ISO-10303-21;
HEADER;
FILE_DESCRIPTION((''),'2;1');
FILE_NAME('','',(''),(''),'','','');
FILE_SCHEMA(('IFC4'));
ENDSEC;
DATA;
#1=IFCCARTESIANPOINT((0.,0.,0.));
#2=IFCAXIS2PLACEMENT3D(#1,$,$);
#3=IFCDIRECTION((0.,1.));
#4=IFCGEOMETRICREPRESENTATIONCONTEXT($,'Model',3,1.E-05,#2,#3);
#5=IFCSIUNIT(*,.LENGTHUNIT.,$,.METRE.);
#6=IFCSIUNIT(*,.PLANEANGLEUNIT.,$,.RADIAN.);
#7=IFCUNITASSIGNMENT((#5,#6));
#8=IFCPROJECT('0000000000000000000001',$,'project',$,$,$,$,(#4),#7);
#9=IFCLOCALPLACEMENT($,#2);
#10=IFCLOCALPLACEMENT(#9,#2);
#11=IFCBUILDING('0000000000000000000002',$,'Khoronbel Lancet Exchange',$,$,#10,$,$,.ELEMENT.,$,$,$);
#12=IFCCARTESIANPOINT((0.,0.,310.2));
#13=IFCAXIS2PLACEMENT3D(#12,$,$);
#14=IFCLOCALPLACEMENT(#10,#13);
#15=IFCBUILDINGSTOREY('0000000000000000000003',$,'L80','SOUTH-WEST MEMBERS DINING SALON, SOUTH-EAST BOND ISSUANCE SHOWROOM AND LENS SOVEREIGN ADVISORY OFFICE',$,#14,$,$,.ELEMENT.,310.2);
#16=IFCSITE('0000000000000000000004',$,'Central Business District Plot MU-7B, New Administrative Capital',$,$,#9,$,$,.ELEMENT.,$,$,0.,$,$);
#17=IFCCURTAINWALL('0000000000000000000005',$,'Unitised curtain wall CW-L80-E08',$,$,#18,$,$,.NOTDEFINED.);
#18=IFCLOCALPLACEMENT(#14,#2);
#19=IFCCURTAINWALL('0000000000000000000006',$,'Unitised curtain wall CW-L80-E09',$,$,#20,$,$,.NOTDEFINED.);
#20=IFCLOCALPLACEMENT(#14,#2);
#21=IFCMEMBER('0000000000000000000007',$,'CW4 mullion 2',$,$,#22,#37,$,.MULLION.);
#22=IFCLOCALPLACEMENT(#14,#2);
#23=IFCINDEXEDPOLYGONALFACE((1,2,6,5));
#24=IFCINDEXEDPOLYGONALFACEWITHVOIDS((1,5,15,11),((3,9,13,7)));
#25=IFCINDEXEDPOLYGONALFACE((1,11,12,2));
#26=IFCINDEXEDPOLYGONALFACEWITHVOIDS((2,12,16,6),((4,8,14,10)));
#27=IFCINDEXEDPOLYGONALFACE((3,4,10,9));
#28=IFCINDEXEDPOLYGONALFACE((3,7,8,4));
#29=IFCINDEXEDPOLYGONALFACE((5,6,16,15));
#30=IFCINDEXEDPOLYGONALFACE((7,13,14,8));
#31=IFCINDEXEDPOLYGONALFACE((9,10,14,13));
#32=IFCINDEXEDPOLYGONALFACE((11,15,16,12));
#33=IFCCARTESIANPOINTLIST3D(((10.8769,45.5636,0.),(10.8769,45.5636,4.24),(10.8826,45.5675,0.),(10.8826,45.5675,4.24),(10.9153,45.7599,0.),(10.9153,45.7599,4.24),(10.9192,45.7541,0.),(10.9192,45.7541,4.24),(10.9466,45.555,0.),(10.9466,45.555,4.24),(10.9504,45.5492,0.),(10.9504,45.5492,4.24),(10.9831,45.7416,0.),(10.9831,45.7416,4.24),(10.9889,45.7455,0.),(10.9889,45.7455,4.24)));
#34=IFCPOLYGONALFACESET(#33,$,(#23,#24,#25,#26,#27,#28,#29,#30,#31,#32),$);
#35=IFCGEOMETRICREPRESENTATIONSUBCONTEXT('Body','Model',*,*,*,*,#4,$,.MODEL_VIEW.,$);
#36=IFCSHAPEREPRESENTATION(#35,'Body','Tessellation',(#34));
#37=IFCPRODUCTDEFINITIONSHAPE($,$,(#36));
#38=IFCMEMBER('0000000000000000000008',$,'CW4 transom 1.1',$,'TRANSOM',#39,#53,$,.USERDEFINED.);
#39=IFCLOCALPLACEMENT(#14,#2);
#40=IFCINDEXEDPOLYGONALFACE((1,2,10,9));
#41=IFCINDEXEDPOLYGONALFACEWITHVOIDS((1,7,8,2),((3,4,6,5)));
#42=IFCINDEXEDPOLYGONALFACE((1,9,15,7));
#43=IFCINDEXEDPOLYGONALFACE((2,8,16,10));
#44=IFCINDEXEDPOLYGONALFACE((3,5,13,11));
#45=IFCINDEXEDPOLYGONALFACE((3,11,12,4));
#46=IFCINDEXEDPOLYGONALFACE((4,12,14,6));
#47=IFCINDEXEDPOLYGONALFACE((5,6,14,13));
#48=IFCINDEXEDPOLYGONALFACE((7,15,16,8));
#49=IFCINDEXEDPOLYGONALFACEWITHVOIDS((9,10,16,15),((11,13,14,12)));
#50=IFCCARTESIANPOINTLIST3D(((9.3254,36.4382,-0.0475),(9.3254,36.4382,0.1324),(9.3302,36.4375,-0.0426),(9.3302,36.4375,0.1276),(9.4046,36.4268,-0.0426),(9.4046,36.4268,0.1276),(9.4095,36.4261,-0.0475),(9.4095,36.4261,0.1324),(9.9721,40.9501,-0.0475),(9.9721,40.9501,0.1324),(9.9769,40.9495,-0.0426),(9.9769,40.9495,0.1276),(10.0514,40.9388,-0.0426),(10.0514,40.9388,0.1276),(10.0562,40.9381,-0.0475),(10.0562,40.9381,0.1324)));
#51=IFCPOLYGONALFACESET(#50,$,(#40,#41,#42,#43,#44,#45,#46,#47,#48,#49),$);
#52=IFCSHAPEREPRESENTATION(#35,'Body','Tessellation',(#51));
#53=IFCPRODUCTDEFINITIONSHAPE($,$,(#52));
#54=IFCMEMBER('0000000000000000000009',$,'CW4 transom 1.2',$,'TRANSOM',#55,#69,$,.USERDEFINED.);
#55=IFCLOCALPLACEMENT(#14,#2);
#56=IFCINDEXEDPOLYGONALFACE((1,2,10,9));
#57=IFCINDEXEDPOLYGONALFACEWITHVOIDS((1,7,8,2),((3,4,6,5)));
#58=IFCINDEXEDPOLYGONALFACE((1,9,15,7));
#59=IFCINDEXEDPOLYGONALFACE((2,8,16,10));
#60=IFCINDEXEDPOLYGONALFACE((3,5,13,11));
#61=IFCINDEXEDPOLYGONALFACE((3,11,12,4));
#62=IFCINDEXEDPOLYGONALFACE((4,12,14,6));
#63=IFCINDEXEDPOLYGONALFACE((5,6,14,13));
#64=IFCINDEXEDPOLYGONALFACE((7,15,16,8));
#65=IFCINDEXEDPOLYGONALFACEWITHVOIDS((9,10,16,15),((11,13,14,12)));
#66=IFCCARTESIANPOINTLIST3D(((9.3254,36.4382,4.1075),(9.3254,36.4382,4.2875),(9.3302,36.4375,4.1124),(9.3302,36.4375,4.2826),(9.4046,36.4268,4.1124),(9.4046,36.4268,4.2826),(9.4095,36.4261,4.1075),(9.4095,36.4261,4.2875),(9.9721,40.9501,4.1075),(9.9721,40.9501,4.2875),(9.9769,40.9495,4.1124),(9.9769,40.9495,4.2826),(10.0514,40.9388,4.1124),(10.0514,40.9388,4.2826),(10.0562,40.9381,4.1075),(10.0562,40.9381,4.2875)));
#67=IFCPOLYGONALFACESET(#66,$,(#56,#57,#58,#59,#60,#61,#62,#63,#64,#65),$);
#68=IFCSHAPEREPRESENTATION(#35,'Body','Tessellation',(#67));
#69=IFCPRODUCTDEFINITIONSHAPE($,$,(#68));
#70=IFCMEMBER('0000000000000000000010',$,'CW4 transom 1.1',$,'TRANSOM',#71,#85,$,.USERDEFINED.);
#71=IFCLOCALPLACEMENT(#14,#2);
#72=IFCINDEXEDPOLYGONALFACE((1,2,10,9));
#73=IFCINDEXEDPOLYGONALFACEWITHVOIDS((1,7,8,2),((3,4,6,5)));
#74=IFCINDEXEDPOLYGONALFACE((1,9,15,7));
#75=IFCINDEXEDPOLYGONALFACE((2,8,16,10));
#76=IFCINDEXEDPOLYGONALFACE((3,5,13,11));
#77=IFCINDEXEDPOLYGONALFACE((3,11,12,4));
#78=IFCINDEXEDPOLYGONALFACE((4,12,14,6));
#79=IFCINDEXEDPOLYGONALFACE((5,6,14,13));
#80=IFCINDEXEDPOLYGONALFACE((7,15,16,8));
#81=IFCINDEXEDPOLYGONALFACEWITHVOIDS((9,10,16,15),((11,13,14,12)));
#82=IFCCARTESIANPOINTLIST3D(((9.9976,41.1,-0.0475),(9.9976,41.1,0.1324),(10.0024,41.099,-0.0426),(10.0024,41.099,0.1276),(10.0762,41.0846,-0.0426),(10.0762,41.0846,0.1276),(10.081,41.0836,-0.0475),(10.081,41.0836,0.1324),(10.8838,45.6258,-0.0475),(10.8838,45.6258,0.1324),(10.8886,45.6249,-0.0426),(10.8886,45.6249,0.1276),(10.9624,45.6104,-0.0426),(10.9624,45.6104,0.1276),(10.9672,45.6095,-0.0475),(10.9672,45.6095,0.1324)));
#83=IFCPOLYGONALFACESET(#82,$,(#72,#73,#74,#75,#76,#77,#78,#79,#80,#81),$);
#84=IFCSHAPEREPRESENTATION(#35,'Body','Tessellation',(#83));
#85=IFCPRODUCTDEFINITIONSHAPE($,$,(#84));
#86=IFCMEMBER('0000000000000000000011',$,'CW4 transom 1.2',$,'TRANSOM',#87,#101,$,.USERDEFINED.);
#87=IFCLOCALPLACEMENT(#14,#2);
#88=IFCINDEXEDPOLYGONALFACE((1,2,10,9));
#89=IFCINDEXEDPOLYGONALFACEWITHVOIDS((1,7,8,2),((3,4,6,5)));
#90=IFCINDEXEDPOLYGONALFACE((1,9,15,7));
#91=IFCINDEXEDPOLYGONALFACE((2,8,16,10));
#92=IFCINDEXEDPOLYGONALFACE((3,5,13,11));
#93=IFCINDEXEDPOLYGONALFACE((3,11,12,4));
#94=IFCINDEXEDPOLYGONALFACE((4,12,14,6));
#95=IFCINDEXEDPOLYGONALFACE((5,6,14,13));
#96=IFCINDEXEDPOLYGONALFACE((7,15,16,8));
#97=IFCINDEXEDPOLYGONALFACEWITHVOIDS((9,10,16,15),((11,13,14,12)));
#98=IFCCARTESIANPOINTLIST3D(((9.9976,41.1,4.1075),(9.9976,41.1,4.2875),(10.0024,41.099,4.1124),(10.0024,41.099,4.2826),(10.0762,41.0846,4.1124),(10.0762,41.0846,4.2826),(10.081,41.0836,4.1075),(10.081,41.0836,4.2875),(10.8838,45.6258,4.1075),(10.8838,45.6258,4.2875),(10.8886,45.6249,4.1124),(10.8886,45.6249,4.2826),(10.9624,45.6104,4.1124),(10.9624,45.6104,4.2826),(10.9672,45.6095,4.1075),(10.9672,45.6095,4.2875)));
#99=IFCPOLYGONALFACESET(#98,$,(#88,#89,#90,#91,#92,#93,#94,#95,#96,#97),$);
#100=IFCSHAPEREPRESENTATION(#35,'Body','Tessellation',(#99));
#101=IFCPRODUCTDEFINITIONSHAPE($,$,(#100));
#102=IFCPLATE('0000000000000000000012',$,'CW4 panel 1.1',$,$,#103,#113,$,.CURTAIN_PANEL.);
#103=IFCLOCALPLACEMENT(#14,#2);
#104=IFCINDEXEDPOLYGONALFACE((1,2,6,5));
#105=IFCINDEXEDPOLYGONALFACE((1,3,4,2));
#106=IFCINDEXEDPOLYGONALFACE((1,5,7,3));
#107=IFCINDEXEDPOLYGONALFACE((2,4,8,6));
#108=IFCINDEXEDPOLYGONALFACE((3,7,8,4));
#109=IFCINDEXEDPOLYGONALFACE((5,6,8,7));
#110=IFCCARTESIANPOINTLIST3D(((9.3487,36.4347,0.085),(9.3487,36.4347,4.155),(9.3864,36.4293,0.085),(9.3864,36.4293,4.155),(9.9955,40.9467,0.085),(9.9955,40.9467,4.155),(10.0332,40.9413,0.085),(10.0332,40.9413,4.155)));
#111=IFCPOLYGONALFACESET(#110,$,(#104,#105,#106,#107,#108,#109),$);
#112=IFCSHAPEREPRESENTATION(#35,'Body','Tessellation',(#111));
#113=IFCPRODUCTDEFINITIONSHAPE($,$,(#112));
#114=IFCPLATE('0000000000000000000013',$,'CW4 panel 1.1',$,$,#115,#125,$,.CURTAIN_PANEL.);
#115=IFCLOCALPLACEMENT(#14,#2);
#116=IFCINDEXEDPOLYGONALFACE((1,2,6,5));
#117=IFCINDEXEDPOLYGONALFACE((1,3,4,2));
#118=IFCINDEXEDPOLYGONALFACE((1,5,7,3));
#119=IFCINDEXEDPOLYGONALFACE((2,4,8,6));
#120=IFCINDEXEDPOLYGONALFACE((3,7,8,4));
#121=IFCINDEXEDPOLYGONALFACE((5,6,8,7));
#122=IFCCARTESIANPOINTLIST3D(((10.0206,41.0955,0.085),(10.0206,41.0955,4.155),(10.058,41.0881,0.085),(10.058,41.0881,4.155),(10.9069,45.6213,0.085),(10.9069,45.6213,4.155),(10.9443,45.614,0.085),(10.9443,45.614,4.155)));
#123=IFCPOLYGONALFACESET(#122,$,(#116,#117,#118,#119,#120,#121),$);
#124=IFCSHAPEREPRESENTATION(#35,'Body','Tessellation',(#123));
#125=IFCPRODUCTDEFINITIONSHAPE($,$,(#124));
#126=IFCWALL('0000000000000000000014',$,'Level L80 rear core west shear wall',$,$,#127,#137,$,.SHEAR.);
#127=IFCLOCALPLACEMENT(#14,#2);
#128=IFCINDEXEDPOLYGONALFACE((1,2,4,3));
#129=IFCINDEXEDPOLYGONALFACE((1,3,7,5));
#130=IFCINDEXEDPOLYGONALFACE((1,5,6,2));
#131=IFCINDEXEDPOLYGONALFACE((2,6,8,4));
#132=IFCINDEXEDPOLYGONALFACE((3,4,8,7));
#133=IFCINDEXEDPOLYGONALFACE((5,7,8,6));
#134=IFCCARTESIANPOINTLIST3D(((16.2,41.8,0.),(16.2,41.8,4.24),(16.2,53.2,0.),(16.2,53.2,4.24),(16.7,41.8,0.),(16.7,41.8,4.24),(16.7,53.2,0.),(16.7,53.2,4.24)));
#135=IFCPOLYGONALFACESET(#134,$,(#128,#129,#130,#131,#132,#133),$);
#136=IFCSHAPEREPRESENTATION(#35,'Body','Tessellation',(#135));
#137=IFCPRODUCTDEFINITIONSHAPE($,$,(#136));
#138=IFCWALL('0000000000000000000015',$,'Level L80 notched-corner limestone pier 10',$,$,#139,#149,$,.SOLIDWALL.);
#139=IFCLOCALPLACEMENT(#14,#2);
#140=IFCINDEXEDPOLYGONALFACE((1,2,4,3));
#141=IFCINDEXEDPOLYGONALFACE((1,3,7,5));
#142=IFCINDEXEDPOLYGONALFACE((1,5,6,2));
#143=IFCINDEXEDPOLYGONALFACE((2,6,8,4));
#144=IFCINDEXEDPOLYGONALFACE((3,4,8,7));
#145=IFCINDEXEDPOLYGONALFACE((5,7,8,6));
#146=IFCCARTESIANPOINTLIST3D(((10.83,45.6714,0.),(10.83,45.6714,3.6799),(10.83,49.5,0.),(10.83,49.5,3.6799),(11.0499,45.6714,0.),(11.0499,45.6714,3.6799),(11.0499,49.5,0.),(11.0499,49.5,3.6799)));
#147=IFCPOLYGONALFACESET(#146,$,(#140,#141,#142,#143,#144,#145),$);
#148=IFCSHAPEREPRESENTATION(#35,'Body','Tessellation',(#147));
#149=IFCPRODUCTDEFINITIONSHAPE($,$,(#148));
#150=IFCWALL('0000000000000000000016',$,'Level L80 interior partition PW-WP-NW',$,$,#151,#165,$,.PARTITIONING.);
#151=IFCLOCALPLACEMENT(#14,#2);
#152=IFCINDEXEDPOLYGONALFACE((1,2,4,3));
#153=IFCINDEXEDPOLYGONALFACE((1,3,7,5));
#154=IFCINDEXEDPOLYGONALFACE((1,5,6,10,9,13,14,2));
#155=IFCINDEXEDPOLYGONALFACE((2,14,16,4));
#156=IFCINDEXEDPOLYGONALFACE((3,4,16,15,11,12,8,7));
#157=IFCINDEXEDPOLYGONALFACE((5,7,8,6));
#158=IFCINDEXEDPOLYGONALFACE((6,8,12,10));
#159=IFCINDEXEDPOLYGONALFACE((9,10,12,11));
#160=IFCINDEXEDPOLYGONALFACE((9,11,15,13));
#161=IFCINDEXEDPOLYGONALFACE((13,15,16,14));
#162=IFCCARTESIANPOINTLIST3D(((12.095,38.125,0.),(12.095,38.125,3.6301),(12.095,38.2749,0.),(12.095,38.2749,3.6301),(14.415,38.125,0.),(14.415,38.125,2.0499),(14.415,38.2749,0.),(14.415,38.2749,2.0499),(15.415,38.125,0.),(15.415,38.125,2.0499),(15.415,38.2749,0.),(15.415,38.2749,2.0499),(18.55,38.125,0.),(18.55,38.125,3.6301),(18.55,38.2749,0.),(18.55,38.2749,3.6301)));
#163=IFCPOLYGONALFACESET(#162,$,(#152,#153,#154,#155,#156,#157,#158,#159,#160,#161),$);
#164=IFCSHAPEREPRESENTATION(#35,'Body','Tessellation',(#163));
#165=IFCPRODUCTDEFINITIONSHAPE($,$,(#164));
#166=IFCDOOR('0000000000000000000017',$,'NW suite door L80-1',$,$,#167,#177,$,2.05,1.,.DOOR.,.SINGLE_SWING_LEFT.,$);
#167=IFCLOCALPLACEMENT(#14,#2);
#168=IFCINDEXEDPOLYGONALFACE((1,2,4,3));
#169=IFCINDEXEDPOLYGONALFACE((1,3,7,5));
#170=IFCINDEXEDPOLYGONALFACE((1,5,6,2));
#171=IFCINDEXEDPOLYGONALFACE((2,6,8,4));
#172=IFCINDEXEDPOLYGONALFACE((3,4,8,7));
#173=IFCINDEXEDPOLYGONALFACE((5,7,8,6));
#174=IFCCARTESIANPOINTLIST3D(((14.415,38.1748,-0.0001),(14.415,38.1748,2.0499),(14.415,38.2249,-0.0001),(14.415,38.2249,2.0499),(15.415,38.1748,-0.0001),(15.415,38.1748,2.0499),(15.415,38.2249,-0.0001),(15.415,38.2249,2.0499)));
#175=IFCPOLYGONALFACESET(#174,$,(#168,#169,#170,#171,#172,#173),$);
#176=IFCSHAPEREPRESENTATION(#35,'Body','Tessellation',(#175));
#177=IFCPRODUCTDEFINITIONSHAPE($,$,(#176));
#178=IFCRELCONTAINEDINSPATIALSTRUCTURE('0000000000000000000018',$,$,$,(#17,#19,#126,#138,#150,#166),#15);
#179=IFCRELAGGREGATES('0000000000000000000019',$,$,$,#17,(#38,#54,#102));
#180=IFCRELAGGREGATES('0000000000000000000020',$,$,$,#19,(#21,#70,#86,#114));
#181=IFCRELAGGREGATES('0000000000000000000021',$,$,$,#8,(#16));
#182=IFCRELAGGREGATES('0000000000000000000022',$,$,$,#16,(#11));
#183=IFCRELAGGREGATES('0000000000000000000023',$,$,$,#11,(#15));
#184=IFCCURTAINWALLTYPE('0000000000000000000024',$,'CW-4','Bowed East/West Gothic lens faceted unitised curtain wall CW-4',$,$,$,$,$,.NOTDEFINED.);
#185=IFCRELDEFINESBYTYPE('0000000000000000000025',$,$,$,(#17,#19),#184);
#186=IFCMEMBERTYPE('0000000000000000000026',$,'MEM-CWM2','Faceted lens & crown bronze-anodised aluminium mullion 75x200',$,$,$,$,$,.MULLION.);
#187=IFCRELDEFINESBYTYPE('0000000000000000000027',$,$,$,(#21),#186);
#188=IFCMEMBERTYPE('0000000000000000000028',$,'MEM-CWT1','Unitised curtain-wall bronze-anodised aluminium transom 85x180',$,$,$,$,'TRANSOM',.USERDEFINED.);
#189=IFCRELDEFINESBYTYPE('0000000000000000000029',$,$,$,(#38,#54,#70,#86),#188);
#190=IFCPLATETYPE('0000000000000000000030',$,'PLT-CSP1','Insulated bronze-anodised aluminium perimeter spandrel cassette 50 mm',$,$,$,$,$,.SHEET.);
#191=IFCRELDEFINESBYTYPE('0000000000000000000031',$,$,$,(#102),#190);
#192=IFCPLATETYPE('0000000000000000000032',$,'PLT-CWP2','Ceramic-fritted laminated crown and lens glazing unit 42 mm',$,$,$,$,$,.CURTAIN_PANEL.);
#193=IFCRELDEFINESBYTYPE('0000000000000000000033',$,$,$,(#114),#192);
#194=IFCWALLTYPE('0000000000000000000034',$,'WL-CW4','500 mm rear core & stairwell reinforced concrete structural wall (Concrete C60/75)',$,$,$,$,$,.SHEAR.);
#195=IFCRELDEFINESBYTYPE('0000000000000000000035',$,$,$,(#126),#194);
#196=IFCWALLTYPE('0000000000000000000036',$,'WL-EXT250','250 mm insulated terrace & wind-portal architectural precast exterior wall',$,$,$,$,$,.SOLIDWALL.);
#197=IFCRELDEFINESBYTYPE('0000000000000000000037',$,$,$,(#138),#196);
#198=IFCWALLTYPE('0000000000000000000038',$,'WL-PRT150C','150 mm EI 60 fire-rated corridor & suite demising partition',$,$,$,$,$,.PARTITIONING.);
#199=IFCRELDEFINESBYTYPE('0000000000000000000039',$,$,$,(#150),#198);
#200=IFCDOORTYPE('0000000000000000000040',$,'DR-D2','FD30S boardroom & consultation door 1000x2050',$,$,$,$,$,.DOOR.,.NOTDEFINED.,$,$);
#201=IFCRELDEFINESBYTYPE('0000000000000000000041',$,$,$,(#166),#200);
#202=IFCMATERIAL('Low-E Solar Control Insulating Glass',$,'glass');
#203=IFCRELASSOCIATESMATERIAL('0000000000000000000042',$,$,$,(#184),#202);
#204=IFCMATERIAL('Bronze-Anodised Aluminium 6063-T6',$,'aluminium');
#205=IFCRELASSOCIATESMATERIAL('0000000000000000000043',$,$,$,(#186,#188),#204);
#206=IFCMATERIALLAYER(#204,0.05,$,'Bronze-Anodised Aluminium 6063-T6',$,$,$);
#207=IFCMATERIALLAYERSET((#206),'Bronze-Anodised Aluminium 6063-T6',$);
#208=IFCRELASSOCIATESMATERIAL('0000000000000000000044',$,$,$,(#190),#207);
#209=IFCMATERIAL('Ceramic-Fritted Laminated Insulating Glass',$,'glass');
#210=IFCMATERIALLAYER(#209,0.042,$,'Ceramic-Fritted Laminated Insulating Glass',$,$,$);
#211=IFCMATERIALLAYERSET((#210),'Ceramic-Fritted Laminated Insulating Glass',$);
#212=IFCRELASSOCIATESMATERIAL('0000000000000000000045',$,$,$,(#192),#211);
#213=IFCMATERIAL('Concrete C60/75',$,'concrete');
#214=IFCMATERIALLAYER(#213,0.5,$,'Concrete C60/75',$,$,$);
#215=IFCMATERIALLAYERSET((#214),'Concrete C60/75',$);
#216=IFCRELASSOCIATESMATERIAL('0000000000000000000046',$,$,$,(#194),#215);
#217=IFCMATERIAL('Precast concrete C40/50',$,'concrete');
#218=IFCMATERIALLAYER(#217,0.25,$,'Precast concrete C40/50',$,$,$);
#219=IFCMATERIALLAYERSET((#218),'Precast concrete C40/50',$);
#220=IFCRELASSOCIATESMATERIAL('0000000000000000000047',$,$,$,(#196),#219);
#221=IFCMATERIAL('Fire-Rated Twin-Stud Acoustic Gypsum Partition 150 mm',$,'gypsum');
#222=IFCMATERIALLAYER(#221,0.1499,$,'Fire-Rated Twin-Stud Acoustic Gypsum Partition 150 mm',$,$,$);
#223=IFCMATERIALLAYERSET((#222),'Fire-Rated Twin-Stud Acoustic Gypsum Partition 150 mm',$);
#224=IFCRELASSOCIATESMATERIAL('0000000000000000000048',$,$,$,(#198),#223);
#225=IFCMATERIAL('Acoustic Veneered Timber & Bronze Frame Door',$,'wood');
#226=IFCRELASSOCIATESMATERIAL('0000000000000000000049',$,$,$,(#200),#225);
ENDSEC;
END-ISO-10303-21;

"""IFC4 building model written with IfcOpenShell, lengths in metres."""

from ifc_helpers import new_model, si_unit, direction, frame, frame_2d, origin, origin_2d, place, context, subcontext, project, spatial, rectangle, hollow_rectangle, extrude, material, layer, layer_set, material_profile, profile_set, type_object, element, fill, aggregate, save


model = new_model("IFC4")

# Units and contexts
model_context = context("Model", 3, precision=1e-05, world=origin(), true_north=direction((0.0, 1.0)))
body_context = subcontext(model_context, "Body", "Model", "MODEL_VIEW")
ifc_project = project(units=[si_unit("LENGTHUNIT", "METRE"), si_unit("PLANEANGLEUNIT", "RADIAN")], contexts=[model_context])

# Site, building, storey
site_placement = place(None, origin())
site = spatial("IfcSite", under=ifc_project, at=site_placement, Name="Central Business District Plot MU-7B, New Administrative Capital", CompositionType="ELEMENT", RefElevation=0.0)
building_placement = place(site_placement, origin())
building = spatial("IfcBuilding", under=site, at=building_placement, Name="Khoronbel Lancet Exchange", CompositionType="ELEMENT")
storey_placement = place(building_placement, frame((0.0, 0.0, 310.2)))
storey = spatial("IfcBuildingStorey", under=building, at=storey_placement, Name="L80", Description="SOUTH-WEST MEMBERS DINING SALON, SOUTH-EAST BOND ISSUANCE SHOWROOM AND LENS SOVEREIGN ADVISORY OFFICE", CompositionType="ELEMENT", Elevation=310.2)

# Shared definitions
ifc_material_1 = material(Name="Low-E Solar Control Insulating Glass", Category="glass")
curtain_wall_type = type_object("IfcCurtainWallType", Name="CW-4", Description="Bowed East/West Gothic lens faceted unitised curtain wall CW-4", PredefinedType="NOTDEFINED", material=ifc_material_1)
ifc_material_2 = material(Name="Bronze-Anodised Aluminium 6063-T6", Category="aluminium")
ifc_material_profile_1 = material_profile(ifc_material_2, hollow_rectangle(XDim=0.075, YDim=0.2, WallThickness=0.0049, at=origin_2d()), Name="ALU MULLION 75x200")
ifc_profile_set_1 = profile_set([ifc_material_profile_1], Name="Bronze-Anodised Aluminium 6063-T6")
member_type_1 = type_object("IfcMemberType", Name="MEM-CWM2", Description="Faceted lens & crown bronze-anodised aluminium mullion 75x200", PredefinedType="MULLION", material=ifc_profile_set_1)

# Curtain walls, member
curtain_wall_1_placement = place(storey_placement, origin())
curtain_wall_1 = element("IfcCurtainWall", 1, at=curtain_wall_1_placement, inside=storey, type_object=curtain_wall_type, Name="Unitised curtain wall CW-L80-E08", PredefinedType="NOTDEFINED")
curtain_wall_2_placement = place(storey_placement, origin())
curtain_wall_2 = element("IfcCurtainWall", 2, at=curtain_wall_2_placement, inside=storey, type_object=curtain_wall_type, Name="Unitised curtain wall CW-L80-E09", PredefinedType="NOTDEFINED")
member_1_placement = place(storey_placement, frame((10.9329, 45.6545, 0.0), z_axis=(0.0, 0.0, 1.0), x_axis=(-0.98136, 0.192177, 0.0)))
member_1 = element("IfcMember", 3, at=member_1_placement, type_object=member_type_1, Name="CW4 mullion 2", PredefinedType="MULLION", context=body_context, shape_type="SweptSolid", body=[
    extrude(hollow_rectangle(XDim=0.075, YDim=0.2, WallThickness=0.0049, at=origin_2d()), origin(), (0.0, 0.0, 1.0), 4.24),
])

# Members
ifc_material_profile_2 = material_profile(ifc_material_2, hollow_rectangle(XDim=0.085, YDim=0.1799, WallThickness=0.0049, at=origin_2d()), Name="ALU TRANSOM 85x180")
ifc_profile_set_2 = profile_set([ifc_material_profile_2], Name="Bronze-Anodised Aluminium 6063-T6")
member_type_2 = type_object("IfcMemberType", Name="MEM-CWT1", Description="Unitised curtain-wall bronze-anodised aluminium transom 85x180", ElementType="TRANSOM", PredefinedType="USERDEFINED", material=ifc_profile_set_2)
member_2_placement = place(storey_placement, frame((9.3674, 36.4321, 0.0425), z_axis=(0.141886, 0.989883, 0.0), x_axis=(-0.989883, 0.141886, 0.0)))
member_2 = element("IfcMember", 4, at=member_2_placement, type_object=member_type_2, Name="CW4 transom 1.1", ObjectType="TRANSOM", PredefinedType="USERDEFINED", context=body_context, shape_type="SweptSolid", body=[
    extrude(hollow_rectangle(XDim=0.085, YDim=0.1799, WallThickness=0.0049, at=origin_2d()), origin(), (0.0, 0.0, 1.0), 4.5581),
])
member_3_placement = place(storey_placement, frame((9.3674, 36.4321, 4.1975), z_axis=(0.141886, 0.989883, 0.0), x_axis=(-0.989883, 0.141886, 0.0)))
member_3 = element("IfcMember", 5, at=member_3_placement, type_object=member_type_2, Name="CW4 transom 1.2", ObjectType="TRANSOM", PredefinedType="USERDEFINED", context=body_context, shape_type="SweptSolid", body=[
    extrude(hollow_rectangle(XDim=0.085, YDim=0.1799, WallThickness=0.0049, at=origin_2d()), origin(), (0.0, 0.0, 1.0), 4.5581),
])
member_4_placement = place(storey_placement, frame((10.0393, 41.0918, 0.0425), z_axis=(0.192165, 0.981363, 0.0), x_axis=(-0.981363, 0.192165, 0.0)))
member_4 = element("IfcMember", 6, at=member_4_placement, type_object=member_type_2, Name="CW4 transom 1.1", ObjectType="TRANSOM", PredefinedType="USERDEFINED", context=body_context, shape_type="SweptSolid", body=[
    extrude(hollow_rectangle(XDim=0.085, YDim=0.1799, WallThickness=0.0049, at=origin_2d()), origin(), (0.0, 0.0, 1.0), 4.6118),
])
member_5_placement = place(storey_placement, frame((10.0393, 41.0918, 4.1975), z_axis=(0.192165, 0.981363, 0.0), x_axis=(-0.981363, 0.192165, 0.0)))
member_5 = element("IfcMember", 7, at=member_5_placement, type_object=member_type_2, Name="CW4 transom 1.2", ObjectType="TRANSOM", PredefinedType="USERDEFINED", context=body_context, shape_type="SweptSolid", body=[
    extrude(hollow_rectangle(XDim=0.085, YDim=0.1799, WallThickness=0.0049, at=origin_2d()), origin(), (0.0, 0.0, 1.0), 4.6118),
])

# Plates
ifc_layer_1 = layer(ifc_material_2, 0.05, Name="Bronze-Anodised Aluminium 6063-T6")
ifc_layer_set_1 = layer_set([ifc_layer_1], Name="Bronze-Anodised Aluminium 6063-T6")
plate_type_1 = type_object("IfcPlateType", Name="PLT-CSP1", Description="Insulated bronze-anodised aluminium perimeter spandrel cassette 50 mm", PredefinedType="SHEET", material=ifc_layer_set_1)
plate_1_placement = place(storey_placement, frame((9.6909, 38.688, 0.085), z_axis=(0.0, 0.0, 1.0), x_axis=(0.141906, 0.98988, 0.0)))
plate_1 = element("IfcPlate", 8, at=plate_1_placement, type_object=plate_type_1, Name="CW4 panel 1.1", PredefinedType="CURTAIN_PANEL", context=body_context, shape_type="SweptSolid", body=[
    extrude(rectangle(XDim=4.5581, YDim=0.0381, at=origin_2d()), origin(), (0.0, 0.0, 1.0), 4.0701),
])
aggregate(curtain_wall_1, [member_2, member_3, plate_1])
ifc_material_3 = material(Name="Ceramic-Fritted Laminated Insulating Glass", Category="glass")
ifc_layer_2 = layer(ifc_material_3, 0.042, Name="Ceramic-Fritted Laminated Insulating Glass")
ifc_layer_set_2 = layer_set([ifc_layer_2], Name="Ceramic-Fritted Laminated Insulating Glass")
plate_type_2 = type_object("IfcPlateType", Name="PLT-CWP2", Description="Ceramic-fritted laminated crown and lens glazing unit 42 mm", PredefinedType="CURTAIN_PANEL", material=ifc_layer_set_2)
plate_2_placement = place(storey_placement, frame((10.4824, 43.3547, 0.085), z_axis=(0.0, 0.0, 1.0), x_axis=(0.192177, 0.98136, 0.0)))
plate_2 = element("IfcPlate", 9, at=plate_2_placement, type_object=plate_type_2, Name="CW4 panel 1.1", PredefinedType="CURTAIN_PANEL", context=body_context, shape_type="SweptSolid", body=[
    extrude(rectangle(XDim=4.6118, YDim=0.0381, at=origin_2d()), origin(), (0.0, 0.0, 1.0), 4.0701),
])
aggregate(curtain_wall_2, [member_1, member_4, member_5, plate_2])

# Walls
ifc_material_4 = material(Name="Concrete C60/75", Category="concrete")
ifc_layer_3 = layer(ifc_material_4, 0.5, Name="Concrete C60/75")
ifc_layer_set_3 = layer_set([ifc_layer_3], Name="Concrete C60/75")
wall_type_1 = type_object("IfcWallType", Name="WL-CW4", Description="500 mm rear core & stairwell reinforced concrete structural wall (Concrete C60/75)", PredefinedType="SHEAR", material=ifc_layer_set_3)
wall_1_placement = place(storey_placement, frame((16.45, 41.8, 0.0), z_axis=(0.0, 0.0, 1.0), x_axis=(0.0, 1.0, 0.0)))
element("IfcWall", 10, at=wall_1_placement, inside=storey, type_object=wall_type_1, Name="Level L80 rear core west shear wall", PredefinedType="SHEAR", context=body_context, shape_type="SweptSolid", body=[
    extrude(rectangle(XDim=11.3999, YDim=0.5, at=frame_2d((5.7, 0.0))), origin(), (0.0, 0.0, 1.0), 4.24),
])
ifc_material_5 = material(Name="Precast concrete C40/50", Category="concrete")
ifc_layer_4 = layer(ifc_material_5, 0.25, Name="Precast concrete C40/50")
ifc_layer_set_4 = layer_set([ifc_layer_4], Name="Precast concrete C40/50")
wall_type_2 = type_object("IfcWallType", Name="WL-EXT250", Description="250 mm insulated terrace & wind-portal architectural precast exterior wall", PredefinedType="SOLIDWALL", material=ifc_layer_set_4)
wall_2_placement = place(storey_placement, frame((10.9399, 45.6714, 0.0), z_axis=(0.0, 0.0, 1.0), x_axis=(0.0, 1.0, 0.0)))
element("IfcWall", 11, at=wall_2_placement, inside=storey, type_object=wall_type_2, Name="Level L80 notched-corner limestone pier 10", PredefinedType="SOLIDWALL", context=body_context, shape_type="SweptSolid", body=[
    extrude(rectangle(XDim=3.8286, YDim=0.22, at=frame_2d((1.9143, 0.0))), origin(), (0.0, 0.0, 1.0), 3.6799),
])

# Wall, opening, door
ifc_material_6 = material(Name="Fire-Rated Twin-Stud Acoustic Gypsum Partition 150 mm", Category="gypsum")
ifc_layer_5 = layer(ifc_material_6, 0.1499, Name="Fire-Rated Twin-Stud Acoustic Gypsum Partition 150 mm")
ifc_layer_set_5 = layer_set([ifc_layer_5], Name="Fire-Rated Twin-Stud Acoustic Gypsum Partition 150 mm")
wall_type_3 = type_object("IfcWallType", Name="WL-PRT150C", Description="150 mm EI 60 fire-rated corridor & suite demising partition", PredefinedType="PARTITIONING", material=ifc_layer_set_5)
wall_3_placement = place(storey_placement, frame((12.095, 38.2, 0.0), z_axis=(0.0, 0.0, 1.0), x_axis=(1.0, 0.0, 0.0)))
wall_3 = element("IfcWall", 12, at=wall_3_placement, inside=storey, type_object=wall_type_3, Name="Level L80 interior partition PW-WP-NW", PredefinedType="PARTITIONING", context=body_context, shape_type="SweptSolid", body=[
    extrude(rectangle(XDim=6.4551, YDim=0.1499, at=frame_2d((3.2275, 0.0))), origin(), (0.0, 0.0, 1.0), 3.6301),
])
opening_1_placement = place(wall_3_placement, frame((2.3201, 0.0, 0.0)))
opening_1 = element("IfcOpeningElement", 13, at=opening_1_placement, cuts=wall_3, PredefinedType="OPENING", context=body_context, shape_type="SweptSolid", body=[
    extrude(rectangle(XDim=1.0, YDim=2.05, at=frame_2d((0.5, 1.0249))), frame((0.0, 0.085, 0.0), z_axis=(0.0, -1.0, 0.0), x_axis=(1.0, 0.0, 0.0)), (0.0, 0.0, 1.0), 0.1699),
])
ifc_material_7 = material(Name="Acoustic Veneered Timber & Bronze Frame Door", Category="wood")
door_type_1 = type_object("IfcDoorType", Name="DR-D2", Description="FD30S boardroom & consultation door 1000x2050", OperationType="NOTDEFINED", PredefinedType="DOOR", material=ifc_material_7)
door_1_placement = place(opening_1_placement, origin())
door_1 = element("IfcDoor", 14, at=door_1_placement, inside=storey, type_object=door_type_1, Name="NW suite door L80-1", OperationType="SINGLE_SWING_LEFT", OverallHeight=2.05, OverallWidth=1.0, PredefinedType="DOOR", context=body_context, shape_type="SweptSolid", body=[
    extrude(rectangle(XDim=1.0, YDim=2.05, at=frame_2d((0.5, 1.0249))), frame((0.0, 0.0249, 0.0), z_axis=(0.0, -1.0, 0.0), x_axis=(1.0, 0.0, 0.0)), (0.0, 0.0, 1.0), 0.05),
])
fill(opening_1, door_1)

save(model, "model.ifc")
